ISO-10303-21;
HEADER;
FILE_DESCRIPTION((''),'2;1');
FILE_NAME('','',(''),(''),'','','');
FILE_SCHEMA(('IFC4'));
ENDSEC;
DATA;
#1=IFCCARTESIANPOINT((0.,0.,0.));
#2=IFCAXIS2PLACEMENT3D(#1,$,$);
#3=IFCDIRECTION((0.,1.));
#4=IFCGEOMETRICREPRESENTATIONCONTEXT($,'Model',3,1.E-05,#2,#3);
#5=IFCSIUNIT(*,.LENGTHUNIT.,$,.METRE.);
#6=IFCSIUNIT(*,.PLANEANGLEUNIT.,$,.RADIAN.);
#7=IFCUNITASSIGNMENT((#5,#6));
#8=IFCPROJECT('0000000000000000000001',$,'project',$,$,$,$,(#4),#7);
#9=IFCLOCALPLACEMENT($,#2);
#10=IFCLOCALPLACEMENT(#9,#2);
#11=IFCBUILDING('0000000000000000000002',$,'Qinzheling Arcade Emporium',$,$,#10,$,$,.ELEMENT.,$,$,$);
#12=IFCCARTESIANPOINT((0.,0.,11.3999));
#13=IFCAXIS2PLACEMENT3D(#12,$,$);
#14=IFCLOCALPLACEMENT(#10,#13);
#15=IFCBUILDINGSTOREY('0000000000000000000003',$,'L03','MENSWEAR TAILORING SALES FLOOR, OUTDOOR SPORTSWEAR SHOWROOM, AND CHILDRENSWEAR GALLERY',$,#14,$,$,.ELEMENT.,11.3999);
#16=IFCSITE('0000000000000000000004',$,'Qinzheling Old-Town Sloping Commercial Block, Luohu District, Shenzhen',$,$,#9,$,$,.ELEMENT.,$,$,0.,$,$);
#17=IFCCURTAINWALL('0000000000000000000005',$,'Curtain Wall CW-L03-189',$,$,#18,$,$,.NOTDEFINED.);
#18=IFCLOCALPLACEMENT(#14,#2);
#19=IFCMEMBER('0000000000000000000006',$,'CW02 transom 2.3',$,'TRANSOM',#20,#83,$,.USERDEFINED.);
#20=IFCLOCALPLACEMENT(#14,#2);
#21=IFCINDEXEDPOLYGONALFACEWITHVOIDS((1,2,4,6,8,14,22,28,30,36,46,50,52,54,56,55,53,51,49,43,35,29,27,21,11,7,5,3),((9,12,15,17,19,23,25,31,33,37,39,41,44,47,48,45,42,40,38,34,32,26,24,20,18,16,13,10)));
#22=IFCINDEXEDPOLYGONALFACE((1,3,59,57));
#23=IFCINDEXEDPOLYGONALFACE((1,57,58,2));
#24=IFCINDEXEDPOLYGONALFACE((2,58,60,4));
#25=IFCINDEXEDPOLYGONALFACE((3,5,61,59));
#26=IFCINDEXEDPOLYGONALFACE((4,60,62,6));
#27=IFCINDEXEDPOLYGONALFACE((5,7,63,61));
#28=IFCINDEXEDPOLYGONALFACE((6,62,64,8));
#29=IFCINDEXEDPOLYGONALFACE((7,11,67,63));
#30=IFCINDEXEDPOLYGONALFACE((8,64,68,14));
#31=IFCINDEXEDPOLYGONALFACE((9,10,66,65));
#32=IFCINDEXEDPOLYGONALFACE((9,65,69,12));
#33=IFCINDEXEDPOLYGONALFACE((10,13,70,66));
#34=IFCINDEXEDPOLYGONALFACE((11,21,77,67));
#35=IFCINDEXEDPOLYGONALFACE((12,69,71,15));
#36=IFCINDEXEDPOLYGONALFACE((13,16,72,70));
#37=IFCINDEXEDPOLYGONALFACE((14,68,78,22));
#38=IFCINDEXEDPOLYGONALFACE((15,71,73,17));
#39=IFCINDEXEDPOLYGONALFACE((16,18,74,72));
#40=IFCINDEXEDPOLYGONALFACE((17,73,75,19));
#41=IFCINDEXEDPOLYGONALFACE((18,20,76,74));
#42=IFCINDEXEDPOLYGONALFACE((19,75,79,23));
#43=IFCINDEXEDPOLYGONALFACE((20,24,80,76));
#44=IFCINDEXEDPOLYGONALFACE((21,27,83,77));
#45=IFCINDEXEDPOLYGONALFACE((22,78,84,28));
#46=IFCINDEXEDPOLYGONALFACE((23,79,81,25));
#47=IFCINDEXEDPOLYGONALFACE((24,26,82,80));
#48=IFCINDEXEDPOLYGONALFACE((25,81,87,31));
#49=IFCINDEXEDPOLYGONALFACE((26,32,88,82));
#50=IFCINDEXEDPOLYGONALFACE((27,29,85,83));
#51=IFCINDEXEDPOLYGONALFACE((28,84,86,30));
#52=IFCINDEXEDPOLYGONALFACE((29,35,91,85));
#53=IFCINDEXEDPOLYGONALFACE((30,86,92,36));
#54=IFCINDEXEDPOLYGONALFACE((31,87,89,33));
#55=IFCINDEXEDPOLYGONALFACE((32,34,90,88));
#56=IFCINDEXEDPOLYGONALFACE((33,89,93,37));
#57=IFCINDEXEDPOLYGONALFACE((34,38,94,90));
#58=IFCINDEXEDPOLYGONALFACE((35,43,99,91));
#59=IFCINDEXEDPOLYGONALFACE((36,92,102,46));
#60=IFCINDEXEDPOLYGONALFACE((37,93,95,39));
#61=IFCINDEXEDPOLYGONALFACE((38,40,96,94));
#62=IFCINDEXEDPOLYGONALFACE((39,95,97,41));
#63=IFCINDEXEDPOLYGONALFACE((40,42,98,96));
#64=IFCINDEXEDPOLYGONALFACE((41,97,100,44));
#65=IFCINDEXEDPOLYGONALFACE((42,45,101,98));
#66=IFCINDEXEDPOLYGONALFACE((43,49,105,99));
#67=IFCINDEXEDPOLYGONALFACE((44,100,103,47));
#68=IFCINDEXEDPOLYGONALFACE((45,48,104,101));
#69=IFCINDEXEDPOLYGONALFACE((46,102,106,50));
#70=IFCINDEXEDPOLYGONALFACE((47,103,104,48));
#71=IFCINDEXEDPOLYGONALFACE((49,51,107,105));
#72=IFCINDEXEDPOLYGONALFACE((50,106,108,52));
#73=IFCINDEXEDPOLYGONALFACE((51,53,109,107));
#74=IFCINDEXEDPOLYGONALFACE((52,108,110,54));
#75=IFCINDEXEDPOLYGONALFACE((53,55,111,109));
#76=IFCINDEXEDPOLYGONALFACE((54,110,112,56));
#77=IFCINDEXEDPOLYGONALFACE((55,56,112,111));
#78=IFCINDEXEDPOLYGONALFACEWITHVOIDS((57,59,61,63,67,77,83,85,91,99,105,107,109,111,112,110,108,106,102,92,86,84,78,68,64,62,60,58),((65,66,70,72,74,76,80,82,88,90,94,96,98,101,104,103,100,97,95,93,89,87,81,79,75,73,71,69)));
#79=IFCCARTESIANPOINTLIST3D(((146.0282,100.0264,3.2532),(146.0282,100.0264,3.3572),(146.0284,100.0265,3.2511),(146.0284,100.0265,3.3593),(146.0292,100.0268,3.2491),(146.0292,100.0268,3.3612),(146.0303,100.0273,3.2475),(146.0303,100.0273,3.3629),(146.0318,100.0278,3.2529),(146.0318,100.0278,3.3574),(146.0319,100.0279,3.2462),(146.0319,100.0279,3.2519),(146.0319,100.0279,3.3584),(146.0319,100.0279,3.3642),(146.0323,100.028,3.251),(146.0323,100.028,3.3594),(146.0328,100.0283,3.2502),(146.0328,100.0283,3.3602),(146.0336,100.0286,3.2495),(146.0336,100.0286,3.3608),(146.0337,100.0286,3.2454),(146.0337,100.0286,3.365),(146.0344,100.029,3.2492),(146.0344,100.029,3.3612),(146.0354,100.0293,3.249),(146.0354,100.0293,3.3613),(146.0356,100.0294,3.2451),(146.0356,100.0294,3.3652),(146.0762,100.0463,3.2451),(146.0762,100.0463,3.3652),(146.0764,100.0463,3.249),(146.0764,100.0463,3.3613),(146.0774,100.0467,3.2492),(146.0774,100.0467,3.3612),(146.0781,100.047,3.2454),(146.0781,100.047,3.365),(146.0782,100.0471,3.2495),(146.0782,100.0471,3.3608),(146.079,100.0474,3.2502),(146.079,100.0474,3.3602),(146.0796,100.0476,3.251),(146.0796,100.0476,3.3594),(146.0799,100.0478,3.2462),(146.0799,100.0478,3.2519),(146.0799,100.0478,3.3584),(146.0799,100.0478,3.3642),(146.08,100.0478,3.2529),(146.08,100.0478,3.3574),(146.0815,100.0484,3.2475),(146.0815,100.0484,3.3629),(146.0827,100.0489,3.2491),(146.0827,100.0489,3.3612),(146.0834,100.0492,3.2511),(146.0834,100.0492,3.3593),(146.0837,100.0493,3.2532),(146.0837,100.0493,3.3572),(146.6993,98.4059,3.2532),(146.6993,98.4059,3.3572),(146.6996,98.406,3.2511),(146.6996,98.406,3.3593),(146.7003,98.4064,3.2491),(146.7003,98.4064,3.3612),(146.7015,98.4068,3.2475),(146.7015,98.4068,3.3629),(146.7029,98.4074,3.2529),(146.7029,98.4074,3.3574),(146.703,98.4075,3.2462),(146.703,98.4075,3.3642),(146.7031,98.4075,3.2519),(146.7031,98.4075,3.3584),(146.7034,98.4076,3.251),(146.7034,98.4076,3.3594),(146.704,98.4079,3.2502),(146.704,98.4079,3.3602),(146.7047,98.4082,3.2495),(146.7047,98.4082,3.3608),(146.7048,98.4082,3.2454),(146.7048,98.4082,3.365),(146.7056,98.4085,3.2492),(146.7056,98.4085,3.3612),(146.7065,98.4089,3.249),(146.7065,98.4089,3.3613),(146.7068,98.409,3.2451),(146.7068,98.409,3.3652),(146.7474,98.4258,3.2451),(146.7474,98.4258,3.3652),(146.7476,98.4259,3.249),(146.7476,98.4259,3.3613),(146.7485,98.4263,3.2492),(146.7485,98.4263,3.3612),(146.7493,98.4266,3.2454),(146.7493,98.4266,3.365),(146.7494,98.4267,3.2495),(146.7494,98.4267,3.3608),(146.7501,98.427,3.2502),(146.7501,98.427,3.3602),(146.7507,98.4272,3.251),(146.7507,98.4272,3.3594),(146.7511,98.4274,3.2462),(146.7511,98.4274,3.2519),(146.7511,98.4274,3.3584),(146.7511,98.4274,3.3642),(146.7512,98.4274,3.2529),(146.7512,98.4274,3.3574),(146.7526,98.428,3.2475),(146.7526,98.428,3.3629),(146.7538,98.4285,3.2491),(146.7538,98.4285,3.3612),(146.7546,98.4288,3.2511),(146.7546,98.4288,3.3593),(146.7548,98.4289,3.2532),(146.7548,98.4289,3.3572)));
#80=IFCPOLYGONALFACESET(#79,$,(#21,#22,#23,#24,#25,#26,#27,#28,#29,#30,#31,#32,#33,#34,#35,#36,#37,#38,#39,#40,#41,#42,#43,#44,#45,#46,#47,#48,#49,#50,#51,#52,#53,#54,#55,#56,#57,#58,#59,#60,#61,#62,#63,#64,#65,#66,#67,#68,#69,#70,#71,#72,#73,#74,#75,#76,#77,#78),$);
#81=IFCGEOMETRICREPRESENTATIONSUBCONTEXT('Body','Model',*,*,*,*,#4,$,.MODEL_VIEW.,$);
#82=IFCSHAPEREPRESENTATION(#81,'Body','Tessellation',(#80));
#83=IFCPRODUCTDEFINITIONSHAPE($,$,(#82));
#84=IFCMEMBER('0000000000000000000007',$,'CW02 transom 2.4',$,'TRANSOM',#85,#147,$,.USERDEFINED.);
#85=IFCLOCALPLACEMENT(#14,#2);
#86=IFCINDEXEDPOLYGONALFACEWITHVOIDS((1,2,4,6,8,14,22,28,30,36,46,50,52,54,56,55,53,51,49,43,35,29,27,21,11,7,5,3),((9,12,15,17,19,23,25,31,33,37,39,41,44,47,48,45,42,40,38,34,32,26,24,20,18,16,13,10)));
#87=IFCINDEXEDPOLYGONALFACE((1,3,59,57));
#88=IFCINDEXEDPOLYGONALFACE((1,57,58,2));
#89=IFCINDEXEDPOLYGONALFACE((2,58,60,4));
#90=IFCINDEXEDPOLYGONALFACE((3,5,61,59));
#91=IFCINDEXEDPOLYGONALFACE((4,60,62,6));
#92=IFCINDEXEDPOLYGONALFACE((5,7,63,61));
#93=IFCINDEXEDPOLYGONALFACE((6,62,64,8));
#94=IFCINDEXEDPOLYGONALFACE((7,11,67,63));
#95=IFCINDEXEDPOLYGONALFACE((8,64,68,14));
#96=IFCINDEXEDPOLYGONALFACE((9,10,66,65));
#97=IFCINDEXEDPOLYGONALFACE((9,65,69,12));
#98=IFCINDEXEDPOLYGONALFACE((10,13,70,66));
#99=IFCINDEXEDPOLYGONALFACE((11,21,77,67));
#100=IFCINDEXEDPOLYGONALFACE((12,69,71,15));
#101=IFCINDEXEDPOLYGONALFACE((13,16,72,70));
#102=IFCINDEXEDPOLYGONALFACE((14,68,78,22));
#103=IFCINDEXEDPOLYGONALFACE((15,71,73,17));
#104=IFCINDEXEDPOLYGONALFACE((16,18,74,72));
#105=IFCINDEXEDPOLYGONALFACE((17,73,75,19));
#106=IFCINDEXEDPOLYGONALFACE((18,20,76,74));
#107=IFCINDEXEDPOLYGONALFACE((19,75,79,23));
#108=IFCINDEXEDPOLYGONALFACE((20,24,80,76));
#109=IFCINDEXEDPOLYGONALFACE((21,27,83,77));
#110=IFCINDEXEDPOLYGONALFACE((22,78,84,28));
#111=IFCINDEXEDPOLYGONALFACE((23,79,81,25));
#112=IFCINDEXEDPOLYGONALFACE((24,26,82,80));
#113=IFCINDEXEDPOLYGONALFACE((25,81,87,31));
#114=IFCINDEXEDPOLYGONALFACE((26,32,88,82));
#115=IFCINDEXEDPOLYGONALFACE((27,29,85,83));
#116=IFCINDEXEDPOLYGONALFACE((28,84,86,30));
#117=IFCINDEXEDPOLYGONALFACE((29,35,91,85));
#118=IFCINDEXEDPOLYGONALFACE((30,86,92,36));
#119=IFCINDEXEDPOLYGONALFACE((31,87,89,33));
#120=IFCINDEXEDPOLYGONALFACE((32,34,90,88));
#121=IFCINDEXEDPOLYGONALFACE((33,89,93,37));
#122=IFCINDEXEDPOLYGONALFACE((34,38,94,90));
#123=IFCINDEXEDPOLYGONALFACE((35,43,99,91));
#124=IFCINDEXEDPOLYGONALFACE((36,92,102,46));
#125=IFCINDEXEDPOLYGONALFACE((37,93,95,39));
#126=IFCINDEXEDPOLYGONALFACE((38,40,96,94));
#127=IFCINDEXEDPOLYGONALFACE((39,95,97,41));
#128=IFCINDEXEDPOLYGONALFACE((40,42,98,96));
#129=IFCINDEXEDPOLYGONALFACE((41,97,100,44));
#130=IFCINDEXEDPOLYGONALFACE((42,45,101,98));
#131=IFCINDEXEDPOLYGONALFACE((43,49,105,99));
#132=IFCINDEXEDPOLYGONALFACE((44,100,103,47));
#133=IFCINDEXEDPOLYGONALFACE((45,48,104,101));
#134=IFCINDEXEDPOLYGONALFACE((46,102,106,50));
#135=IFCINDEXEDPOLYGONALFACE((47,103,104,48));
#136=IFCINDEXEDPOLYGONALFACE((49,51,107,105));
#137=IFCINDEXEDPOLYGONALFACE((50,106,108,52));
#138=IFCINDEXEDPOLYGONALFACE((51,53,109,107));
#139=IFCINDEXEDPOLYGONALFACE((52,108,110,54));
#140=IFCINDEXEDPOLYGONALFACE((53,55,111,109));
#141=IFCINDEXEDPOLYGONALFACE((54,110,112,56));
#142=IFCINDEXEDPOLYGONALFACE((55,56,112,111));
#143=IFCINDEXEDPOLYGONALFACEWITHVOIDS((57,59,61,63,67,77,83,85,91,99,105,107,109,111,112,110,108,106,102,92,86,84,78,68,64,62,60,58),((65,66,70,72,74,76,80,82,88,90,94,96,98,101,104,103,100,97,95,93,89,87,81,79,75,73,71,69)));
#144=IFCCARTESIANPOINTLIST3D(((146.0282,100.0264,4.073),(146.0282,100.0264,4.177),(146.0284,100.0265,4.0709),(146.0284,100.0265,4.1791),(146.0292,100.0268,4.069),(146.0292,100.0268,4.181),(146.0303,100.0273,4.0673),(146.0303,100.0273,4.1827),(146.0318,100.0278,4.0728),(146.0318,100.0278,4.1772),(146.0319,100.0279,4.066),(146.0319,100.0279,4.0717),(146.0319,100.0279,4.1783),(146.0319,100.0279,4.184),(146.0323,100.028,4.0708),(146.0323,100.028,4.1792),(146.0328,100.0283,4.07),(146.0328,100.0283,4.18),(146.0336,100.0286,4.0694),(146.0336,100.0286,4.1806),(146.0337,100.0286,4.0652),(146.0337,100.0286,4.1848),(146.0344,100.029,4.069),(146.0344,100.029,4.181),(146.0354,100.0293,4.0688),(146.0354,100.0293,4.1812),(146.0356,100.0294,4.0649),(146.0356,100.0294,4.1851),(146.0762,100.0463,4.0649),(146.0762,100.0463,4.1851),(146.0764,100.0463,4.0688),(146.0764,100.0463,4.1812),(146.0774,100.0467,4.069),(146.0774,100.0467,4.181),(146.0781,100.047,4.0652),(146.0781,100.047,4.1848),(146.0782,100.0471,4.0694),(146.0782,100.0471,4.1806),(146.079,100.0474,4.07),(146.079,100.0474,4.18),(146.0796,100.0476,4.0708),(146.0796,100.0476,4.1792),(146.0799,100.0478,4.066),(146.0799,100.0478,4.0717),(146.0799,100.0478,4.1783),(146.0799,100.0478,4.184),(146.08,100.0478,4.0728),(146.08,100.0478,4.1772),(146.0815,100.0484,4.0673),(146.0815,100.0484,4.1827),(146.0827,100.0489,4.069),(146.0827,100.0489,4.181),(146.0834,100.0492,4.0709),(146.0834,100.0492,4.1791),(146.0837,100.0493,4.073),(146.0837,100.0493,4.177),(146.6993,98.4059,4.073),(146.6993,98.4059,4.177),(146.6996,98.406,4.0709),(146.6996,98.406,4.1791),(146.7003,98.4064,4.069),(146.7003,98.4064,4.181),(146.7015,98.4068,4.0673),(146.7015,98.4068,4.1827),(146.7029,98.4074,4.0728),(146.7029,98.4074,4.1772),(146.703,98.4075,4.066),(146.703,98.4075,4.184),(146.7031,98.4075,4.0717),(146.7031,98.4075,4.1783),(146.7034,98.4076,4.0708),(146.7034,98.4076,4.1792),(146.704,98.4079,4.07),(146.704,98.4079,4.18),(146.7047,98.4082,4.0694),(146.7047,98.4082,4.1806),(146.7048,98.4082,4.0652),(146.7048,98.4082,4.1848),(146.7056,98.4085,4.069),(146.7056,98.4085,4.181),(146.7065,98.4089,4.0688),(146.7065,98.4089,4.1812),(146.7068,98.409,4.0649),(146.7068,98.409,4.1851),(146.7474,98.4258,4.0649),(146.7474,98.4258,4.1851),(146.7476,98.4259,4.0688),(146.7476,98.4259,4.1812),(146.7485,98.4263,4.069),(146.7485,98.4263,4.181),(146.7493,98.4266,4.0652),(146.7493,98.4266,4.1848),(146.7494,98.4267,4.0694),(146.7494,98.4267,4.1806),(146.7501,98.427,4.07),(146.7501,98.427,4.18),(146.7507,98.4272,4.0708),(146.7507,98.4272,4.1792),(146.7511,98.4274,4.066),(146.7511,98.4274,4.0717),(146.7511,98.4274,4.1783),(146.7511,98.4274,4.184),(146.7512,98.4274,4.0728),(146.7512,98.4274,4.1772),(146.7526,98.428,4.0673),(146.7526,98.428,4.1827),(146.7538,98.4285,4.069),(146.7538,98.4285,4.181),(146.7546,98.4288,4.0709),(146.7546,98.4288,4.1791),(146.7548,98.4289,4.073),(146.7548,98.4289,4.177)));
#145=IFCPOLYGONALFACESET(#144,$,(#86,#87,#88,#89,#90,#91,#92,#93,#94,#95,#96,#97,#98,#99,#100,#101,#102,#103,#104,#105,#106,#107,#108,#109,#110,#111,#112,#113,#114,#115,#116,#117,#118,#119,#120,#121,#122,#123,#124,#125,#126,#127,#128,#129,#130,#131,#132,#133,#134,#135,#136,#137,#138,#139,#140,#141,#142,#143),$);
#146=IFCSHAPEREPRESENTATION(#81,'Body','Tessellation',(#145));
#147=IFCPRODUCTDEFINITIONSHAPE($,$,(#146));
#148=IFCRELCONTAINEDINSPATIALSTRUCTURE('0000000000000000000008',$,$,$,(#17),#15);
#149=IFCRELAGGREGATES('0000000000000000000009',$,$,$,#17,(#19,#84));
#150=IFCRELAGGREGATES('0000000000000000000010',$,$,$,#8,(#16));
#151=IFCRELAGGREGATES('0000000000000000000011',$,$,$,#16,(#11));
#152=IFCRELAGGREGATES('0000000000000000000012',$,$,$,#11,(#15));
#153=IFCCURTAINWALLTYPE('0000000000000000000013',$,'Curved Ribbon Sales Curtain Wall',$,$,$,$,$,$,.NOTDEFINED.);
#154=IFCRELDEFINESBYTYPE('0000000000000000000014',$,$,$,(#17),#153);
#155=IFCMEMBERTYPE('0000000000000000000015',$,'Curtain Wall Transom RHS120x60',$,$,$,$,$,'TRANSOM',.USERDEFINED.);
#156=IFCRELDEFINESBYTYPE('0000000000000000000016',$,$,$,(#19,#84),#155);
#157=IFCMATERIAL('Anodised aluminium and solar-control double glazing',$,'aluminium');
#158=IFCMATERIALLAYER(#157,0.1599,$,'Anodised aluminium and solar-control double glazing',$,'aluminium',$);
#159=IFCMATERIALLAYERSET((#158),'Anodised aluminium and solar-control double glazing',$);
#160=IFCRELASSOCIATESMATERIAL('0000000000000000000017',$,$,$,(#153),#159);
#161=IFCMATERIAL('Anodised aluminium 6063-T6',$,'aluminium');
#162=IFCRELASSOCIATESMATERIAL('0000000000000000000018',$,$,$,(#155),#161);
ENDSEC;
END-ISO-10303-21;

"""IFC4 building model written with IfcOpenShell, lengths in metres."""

from ifc_helpers import new_model, si_unit, direction, frame, origin, origin_2d, place, context, subcontext, project, spatial, hollow_rectangle, extrude, material, layer, layer_set, material_profile, profile_set, type_object, element, aggregate, save


model = new_model("IFC4")

# Units and contexts
model_context = context("Model", 3, precision=1e-05, world=origin(), true_north=direction((0.0, 1.0)))
body_context = subcontext(model_context, "Body", "Model", "MODEL_VIEW")
ifc_project = project(units=[si_unit("LENGTHUNIT", "METRE"), si_unit("PLANEANGLEUNIT", "RADIAN")], contexts=[model_context])

# Site, building, storey
site_placement = place(None, origin())
site = spatial("IfcSite", under=ifc_project, at=site_placement, Name="Qinzheling Old-Town Sloping Commercial Block, Luohu District, Shenzhen", CompositionType="ELEMENT", RefElevation=0.0)
building_placement = place(site_placement, origin())
building = spatial("IfcBuilding", under=site, at=building_placement, Name="Qinzheling Arcade Emporium", CompositionType="ELEMENT")
storey_placement = place(building_placement, frame((0.0, 0.0, 11.3999)))
storey = spatial("IfcBuildingStorey", under=building, at=storey_placement, Name="L03", Description="MENSWEAR TAILORING SALES FLOOR, OUTDOOR SPORTSWEAR SHOWROOM, AND CHILDRENSWEAR GALLERY", CompositionType="ELEMENT", Elevation=11.3999)

# Curtain wall
ifc_material_1 = material(Name="Anodised aluminium and solar-control double glazing", Category="aluminium")
ifc_layer_1 = layer(ifc_material_1, 0.1599, Name="Anodised aluminium and solar-control double glazing", Category="aluminium")
ifc_layer_set_1 = layer_set([ifc_layer_1], Name="Anodised aluminium and solar-control double glazing")
curtain_wall_type = type_object("IfcCurtainWallType", Name="Curved Ribbon Sales Curtain Wall", PredefinedType="NOTDEFINED", material=ifc_layer_set_1)
curtain_wall_1_placement = place(storey_placement, origin())
curtain_wall_1 = element("IfcCurtainWall", 1, at=curtain_wall_1_placement, inside=storey, type_object=curtain_wall_type, Name="Curtain Wall CW-L03-189", PredefinedType="NOTDEFINED")
ifc_material_2 = material(Name="Anodised aluminium 6063-T6", Category="aluminium")

# Members
ifc_material_profile_1 = material_profile(ifc_material_2, hollow_rectangle(XDim=0.0601, YDim=0.1201, WallThickness=0.0039, InnerFilletRadius=0.0039, OuterFilletRadius=0.0081, at=origin_2d()), Name="RHS 120x60x4", Category="aluminium")
ifc_profile_set_1 = profile_set([ifc_material_profile_1], Name="Anodised aluminium 6063-T6")
member_type_1 = type_object("IfcMemberType", Name="Curtain Wall Transom RHS120x60", ElementType="TRANSOM", PredefinedType="USERDEFINED", material=ifc_profile_set_1)
member_1_placement = place(storey_placement, frame((146.0559, 100.0378, 3.3052), z_axis=(0.382667, -0.923886, 0.0), x_axis=(0.923886, 0.382667, 0.0)))
member_1 = element("IfcMember", 2, at=member_1_placement, type_object=member_type_1, Name="CW02 transom 2.3", ObjectType="TRANSOM", PredefinedType="USERDEFINED", context=body_context, shape_type="SweptSolid", body=[
    extrude(hollow_rectangle(XDim=0.0601, YDim=0.1201, WallThickness=0.0039, InnerFilletRadius=0.0039, OuterFilletRadius=0.0081, at=origin_2d()), origin(), (0.0, 0.0, 1.0), 1.7539),
])
member_2_placement = place(storey_placement, frame((146.0559, 100.0378, 4.125), z_axis=(0.382667, -0.923886, 0.0), x_axis=(0.923886, 0.382667, 0.0)))
member_2 = element("IfcMember", 3, at=member_2_placement, type_object=member_type_1, Name="CW02 transom 2.4", ObjectType="TRANSOM", PredefinedType="USERDEFINED", context=body_context, shape_type="SweptSolid", body=[
    extrude(hollow_rectangle(XDim=0.0601, YDim=0.1201, WallThickness=0.0039, InnerFilletRadius=0.0039, OuterFilletRadius=0.0081, at=origin_2d()), origin(), (0.0, 0.0, 1.0), 1.7539),
])

aggregate(curtain_wall_1, [member_1, member_2])

save(model, "model.ifc")
